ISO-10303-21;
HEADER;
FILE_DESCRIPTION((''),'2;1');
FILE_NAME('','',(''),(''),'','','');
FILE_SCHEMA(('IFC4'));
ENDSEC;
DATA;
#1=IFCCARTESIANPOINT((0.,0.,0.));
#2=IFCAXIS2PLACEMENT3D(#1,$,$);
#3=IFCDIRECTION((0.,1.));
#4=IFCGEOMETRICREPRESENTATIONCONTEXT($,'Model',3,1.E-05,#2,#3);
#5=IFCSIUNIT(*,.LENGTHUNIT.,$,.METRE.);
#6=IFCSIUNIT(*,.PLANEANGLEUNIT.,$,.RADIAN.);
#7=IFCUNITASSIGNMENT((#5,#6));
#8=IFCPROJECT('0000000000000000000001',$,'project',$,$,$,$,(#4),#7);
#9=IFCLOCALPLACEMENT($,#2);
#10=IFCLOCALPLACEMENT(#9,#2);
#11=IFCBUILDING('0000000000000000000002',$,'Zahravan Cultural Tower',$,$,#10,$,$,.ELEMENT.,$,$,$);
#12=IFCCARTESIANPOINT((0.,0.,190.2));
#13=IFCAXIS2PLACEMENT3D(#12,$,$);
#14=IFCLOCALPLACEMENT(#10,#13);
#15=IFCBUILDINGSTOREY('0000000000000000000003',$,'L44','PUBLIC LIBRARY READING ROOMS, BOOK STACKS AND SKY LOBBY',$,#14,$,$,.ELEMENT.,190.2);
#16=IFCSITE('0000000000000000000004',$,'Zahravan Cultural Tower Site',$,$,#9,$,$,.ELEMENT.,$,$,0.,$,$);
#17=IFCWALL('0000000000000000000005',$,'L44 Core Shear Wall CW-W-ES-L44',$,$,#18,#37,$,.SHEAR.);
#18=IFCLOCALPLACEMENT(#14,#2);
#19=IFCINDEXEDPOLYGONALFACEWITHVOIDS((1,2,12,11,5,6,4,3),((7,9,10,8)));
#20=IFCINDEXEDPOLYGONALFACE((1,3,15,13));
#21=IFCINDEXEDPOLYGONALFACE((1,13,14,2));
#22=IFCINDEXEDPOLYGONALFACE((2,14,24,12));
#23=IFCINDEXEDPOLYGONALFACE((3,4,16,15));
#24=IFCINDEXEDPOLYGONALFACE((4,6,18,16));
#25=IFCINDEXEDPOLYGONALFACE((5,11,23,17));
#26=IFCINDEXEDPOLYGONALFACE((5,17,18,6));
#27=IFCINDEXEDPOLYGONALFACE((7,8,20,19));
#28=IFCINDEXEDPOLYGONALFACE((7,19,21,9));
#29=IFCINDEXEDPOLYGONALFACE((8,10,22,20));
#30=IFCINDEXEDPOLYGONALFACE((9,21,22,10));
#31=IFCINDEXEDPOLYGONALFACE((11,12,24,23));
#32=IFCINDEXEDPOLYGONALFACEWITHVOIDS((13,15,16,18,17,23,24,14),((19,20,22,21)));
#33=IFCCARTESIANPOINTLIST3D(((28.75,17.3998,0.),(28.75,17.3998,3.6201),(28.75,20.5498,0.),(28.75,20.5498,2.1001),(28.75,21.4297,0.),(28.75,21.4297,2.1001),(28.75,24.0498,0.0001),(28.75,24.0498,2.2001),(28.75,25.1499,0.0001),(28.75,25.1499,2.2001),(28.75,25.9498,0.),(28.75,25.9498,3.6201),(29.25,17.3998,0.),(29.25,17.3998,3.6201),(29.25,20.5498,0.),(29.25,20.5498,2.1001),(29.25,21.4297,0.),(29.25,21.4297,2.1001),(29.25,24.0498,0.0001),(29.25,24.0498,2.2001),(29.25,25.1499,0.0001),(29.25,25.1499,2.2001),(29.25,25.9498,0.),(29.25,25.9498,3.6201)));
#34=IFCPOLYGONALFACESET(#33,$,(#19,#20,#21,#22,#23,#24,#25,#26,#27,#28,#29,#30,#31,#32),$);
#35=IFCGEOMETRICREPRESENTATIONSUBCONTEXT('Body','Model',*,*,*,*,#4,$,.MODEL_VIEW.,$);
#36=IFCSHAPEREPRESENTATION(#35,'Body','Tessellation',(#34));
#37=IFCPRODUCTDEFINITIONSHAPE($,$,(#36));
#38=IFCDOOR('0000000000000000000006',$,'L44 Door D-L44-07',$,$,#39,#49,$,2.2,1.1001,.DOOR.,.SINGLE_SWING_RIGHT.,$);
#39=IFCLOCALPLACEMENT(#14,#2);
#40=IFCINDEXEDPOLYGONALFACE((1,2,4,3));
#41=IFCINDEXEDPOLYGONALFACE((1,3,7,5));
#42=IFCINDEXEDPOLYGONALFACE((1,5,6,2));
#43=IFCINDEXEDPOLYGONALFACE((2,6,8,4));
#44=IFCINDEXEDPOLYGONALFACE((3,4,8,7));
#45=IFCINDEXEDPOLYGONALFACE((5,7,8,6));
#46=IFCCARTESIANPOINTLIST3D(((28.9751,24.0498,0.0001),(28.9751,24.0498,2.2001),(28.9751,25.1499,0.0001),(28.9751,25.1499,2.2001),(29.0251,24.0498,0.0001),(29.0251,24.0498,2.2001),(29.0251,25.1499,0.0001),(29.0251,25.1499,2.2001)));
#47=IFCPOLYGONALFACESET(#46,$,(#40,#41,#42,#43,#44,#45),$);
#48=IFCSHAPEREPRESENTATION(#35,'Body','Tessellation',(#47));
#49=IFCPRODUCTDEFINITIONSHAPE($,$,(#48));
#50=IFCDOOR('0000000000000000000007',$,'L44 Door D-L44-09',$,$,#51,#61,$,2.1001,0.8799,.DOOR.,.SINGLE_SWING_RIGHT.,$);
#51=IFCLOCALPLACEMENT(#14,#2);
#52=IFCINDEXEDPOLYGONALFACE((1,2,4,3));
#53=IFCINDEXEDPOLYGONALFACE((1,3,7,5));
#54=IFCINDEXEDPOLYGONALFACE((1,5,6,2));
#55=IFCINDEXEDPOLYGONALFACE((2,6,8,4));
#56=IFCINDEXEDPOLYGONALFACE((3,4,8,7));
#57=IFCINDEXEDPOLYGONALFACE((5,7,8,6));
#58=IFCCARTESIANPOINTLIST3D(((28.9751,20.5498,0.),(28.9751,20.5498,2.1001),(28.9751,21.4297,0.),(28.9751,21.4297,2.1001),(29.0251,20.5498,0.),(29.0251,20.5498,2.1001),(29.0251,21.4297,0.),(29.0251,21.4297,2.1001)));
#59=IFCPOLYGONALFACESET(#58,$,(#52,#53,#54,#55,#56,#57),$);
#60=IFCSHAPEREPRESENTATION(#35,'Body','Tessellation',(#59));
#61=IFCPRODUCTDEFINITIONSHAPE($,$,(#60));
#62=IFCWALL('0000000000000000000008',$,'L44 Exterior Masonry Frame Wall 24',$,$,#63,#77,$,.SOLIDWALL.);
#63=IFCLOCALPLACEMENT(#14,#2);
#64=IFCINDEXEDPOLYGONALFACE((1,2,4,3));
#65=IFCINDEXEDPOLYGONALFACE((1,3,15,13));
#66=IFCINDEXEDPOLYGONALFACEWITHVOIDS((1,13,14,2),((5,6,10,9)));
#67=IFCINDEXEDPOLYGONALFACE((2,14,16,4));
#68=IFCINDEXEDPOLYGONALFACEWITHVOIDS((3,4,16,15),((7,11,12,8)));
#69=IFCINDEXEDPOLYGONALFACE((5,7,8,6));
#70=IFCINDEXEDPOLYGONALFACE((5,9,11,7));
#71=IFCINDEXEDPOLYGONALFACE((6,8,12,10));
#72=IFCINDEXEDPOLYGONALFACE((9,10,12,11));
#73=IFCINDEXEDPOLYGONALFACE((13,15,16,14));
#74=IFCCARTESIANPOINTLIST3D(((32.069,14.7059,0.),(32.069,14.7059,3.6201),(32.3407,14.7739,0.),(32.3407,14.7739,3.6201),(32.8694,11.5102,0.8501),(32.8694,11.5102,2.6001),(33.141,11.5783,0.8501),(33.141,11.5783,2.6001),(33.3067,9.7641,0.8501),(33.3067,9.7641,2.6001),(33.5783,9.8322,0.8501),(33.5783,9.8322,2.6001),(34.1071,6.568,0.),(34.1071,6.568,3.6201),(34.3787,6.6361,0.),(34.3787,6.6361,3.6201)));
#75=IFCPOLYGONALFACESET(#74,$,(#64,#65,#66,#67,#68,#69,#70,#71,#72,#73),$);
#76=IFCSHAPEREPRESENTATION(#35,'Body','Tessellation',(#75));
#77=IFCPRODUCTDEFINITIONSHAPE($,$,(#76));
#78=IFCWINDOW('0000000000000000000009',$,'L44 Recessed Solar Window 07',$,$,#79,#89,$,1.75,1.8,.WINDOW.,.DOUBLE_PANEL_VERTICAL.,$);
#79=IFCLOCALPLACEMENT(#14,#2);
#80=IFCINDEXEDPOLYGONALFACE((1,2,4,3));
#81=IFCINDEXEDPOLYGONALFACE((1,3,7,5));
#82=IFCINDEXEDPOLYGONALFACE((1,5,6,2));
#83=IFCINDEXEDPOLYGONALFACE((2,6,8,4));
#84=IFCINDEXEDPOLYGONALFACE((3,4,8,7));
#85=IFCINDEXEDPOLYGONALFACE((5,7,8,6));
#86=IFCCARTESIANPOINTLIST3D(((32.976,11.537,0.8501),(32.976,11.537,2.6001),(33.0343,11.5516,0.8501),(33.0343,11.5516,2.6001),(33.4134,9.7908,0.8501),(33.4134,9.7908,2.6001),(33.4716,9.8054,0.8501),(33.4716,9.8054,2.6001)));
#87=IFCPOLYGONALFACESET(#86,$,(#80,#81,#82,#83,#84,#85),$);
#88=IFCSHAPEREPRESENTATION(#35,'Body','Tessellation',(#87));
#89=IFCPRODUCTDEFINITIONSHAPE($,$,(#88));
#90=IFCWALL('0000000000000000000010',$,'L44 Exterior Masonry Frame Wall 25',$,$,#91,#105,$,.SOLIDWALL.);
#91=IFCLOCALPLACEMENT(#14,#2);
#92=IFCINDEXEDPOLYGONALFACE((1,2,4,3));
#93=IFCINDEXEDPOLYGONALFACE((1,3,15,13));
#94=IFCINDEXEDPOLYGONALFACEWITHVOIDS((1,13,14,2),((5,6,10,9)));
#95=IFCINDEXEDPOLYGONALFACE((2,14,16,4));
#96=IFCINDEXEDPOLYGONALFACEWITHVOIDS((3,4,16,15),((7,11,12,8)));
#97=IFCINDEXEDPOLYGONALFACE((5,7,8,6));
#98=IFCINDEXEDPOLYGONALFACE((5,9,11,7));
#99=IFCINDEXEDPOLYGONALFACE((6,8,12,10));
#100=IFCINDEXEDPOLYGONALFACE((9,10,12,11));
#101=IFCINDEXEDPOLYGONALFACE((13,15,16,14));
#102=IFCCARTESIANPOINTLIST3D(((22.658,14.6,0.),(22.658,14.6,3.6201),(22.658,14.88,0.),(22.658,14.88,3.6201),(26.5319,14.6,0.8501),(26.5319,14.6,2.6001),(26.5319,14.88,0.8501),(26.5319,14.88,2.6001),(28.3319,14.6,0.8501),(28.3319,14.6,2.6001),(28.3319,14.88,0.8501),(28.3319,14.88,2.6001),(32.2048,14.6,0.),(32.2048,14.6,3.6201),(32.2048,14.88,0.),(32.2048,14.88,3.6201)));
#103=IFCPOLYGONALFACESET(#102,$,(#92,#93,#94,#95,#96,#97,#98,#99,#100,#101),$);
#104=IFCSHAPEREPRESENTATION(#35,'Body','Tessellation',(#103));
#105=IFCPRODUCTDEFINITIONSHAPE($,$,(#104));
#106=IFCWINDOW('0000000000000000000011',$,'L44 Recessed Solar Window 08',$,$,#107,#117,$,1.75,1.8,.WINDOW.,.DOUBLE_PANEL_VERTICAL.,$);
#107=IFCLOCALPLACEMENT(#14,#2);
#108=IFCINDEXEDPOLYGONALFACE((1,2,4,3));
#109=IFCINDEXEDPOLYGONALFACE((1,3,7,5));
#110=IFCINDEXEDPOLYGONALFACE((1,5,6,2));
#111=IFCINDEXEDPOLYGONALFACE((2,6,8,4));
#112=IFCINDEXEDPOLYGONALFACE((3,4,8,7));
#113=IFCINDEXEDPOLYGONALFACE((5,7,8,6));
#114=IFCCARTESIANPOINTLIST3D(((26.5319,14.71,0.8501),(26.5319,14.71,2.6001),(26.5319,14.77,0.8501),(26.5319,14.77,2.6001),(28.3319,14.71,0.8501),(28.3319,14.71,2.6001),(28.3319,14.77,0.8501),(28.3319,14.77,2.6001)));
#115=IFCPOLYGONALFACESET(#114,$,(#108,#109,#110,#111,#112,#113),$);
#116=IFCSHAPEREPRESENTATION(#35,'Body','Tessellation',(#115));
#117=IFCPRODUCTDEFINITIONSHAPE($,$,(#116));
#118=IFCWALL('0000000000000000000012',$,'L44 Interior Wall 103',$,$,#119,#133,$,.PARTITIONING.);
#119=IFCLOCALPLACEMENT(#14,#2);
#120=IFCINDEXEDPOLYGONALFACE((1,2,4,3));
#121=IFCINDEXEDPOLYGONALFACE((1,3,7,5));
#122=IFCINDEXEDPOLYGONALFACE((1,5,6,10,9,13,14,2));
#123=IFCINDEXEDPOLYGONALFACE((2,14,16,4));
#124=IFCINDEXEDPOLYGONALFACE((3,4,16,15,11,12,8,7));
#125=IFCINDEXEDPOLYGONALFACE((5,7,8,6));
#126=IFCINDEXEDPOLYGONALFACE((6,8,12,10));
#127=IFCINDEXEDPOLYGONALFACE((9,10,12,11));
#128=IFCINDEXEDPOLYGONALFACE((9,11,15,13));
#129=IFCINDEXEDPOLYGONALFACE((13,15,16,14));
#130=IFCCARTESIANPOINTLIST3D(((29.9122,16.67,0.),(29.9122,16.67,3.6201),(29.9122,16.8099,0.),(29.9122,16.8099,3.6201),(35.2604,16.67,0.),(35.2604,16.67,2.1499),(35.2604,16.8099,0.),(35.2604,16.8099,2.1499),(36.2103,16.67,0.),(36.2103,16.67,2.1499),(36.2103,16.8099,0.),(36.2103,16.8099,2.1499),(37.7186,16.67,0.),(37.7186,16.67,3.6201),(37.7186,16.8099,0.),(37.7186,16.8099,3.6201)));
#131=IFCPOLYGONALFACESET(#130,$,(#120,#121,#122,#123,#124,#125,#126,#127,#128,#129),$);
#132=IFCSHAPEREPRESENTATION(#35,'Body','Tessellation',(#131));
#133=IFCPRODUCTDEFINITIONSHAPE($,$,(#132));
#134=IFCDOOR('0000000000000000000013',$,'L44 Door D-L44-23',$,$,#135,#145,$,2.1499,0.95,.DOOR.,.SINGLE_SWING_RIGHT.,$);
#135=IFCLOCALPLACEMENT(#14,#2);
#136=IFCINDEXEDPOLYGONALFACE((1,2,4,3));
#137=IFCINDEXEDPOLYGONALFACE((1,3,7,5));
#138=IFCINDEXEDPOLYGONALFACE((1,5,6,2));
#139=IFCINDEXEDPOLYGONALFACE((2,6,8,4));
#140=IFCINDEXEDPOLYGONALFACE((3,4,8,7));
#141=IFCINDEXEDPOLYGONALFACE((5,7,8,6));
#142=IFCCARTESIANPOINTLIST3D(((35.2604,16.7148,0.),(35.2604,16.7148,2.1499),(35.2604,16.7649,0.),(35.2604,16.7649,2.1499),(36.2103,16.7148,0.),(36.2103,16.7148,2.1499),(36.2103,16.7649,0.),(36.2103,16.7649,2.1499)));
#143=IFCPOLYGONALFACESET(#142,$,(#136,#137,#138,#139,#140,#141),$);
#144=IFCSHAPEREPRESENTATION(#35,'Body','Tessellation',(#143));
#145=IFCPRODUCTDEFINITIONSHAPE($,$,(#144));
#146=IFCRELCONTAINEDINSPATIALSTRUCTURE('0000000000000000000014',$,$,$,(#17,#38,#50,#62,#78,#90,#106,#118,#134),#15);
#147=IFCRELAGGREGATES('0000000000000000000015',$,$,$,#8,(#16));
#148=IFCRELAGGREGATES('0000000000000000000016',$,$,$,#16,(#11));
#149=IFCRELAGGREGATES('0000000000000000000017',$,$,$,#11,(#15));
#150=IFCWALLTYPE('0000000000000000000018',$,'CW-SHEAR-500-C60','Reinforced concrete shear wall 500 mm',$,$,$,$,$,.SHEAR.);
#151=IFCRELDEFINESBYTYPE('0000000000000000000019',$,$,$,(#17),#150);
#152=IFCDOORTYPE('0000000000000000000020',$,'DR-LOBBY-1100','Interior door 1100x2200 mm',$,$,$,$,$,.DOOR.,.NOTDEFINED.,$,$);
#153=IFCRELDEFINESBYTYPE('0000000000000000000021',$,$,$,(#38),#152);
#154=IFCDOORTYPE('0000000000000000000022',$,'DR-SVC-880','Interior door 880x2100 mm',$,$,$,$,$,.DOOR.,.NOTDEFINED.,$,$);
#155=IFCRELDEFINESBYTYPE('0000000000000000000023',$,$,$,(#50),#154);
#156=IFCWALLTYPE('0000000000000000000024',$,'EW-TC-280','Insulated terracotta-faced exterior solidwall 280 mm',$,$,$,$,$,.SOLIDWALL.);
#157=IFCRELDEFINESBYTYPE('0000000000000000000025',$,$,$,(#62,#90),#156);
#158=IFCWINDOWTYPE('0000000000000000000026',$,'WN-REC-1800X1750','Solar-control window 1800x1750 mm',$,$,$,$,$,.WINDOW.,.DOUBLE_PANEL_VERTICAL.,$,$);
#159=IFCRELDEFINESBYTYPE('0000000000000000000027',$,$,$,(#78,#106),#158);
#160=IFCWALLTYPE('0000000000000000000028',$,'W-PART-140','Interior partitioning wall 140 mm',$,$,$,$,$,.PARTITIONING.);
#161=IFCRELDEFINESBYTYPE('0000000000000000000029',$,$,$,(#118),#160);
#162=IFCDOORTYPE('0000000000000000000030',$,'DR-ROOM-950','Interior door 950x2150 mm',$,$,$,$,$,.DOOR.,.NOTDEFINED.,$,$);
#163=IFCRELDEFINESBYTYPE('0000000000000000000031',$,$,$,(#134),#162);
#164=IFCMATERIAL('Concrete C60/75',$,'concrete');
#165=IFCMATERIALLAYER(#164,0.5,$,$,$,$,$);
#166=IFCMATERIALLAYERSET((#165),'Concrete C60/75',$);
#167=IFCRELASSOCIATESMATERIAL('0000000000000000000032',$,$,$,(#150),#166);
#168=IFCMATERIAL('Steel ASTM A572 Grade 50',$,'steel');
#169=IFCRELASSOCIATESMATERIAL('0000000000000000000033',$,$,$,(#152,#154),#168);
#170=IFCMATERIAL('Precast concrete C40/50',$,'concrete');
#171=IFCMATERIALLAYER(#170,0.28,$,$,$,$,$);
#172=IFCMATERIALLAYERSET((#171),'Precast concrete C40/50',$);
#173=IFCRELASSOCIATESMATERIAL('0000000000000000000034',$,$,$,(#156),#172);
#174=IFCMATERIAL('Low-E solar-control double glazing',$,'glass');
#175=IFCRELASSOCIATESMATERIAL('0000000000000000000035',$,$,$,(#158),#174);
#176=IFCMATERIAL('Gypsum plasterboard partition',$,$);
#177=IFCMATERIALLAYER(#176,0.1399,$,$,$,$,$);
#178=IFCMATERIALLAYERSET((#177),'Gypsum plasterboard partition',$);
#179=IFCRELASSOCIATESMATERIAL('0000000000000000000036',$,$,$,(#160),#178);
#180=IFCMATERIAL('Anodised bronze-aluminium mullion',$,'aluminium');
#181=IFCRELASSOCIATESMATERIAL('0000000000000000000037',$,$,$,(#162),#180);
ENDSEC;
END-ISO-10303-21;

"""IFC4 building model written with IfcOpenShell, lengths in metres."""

from ifc_helpers import new_model, si_unit, direction, frame, frame_2d, origin, place, context, subcontext, project, spatial, rectangle, extrude, source, transform, mapped, material, layer, layer_set, type_object, element, fill, save


model = new_model("IFC4")

# Units and contexts
model_context = context("Model", 3, precision=1e-05, world=origin(), true_north=direction((0.0, 1.0)))
body_context = subcontext(model_context, "Body", "Model", "MODEL_VIEW")
ifc_project = project(units=[si_unit("LENGTHUNIT", "METRE"), si_unit("PLANEANGLEUNIT", "RADIAN")], contexts=[model_context])

# Site, building, storey
site_placement = place(None, origin())
site = spatial("IfcSite", under=ifc_project, at=site_placement, Name="Zahravan Cultural Tower Site", CompositionType="ELEMENT", RefElevation=0.0)
building_placement = place(site_placement, origin())
building = spatial("IfcBuilding", under=site, at=building_placement, Name="Zahravan Cultural Tower", CompositionType="ELEMENT")
storey_placement = place(building_placement, frame((0.0, 0.0, 190.2)))
storey = spatial("IfcBuildingStorey", under=building, at=storey_placement, Name="L44", Description="PUBLIC LIBRARY READING ROOMS, BOOK STACKS AND SKY LOBBY", CompositionType="ELEMENT", Elevation=190.2)

# Wall, openings, doors
ifc_material_1 = material(Name="Concrete C60/75", Category="concrete")
ifc_layer_1 = layer(ifc_material_1, 0.5)
ifc_layer_set_1 = layer_set([ifc_layer_1], Name="Concrete C60/75")
wall_type_1 = type_object("IfcWallType", Name="CW-SHEAR-500-C60", Description="Reinforced concrete shear wall 500 mm", PredefinedType="SHEAR", material=ifc_layer_set_1)
wall_1_placement = place(storey_placement, frame((29.0, 17.3999, 0.0), z_axis=(0.0, 0.0, 1.0), x_axis=(0.0, 1.0, 0.0)))
wall_1 = element("IfcWall", 1, at=wall_1_placement, inside=storey, type_object=wall_type_1, Name="L44 Core Shear Wall CW-W-ES-L44", PredefinedType="SHEAR", context=body_context, shape_type="SweptSolid", body=[
    extrude(rectangle(XDim=8.55, YDim=0.5, at=frame_2d((4.2749, 0.0))), origin(), (0.0, 0.0, 1.0), 3.6201),
])
opening_1_placement = place(wall_1_placement, frame((6.6499, 0.0, 0.0)))
opening_1 = element("IfcOpeningElement", 2, at=opening_1_placement, cuts=wall_1, PredefinedType="OPENING", context=body_context, shape_type="SweptSolid", body=[
    extrude(rectangle(XDim=1.1001, YDim=2.2, at=frame_2d((0.55, 1.1001))), frame((0.0, 0.26, 0.0), z_axis=(0.0, -1.0, 0.0), x_axis=(1.0, 0.0, 0.0)), (0.0, 0.0, 1.0), 0.52),
])
opening_2_placement = place(wall_1_placement, frame((3.1499, 0.0, 0.0)))
opening_2 = element("IfcOpeningElement", 3, at=opening_2_placement, cuts=wall_1, PredefinedType="OPENING", context=body_context, shape_type="SweptSolid", body=[
    extrude(rectangle(XDim=0.8799, YDim=2.1001, at=frame_2d((0.4399, 1.05))), frame((0.0, 0.26, 0.0), z_axis=(0.0, -1.0, 0.0), x_axis=(1.0, 0.0, 0.0)), (0.0, 0.0, 1.0), 0.52),
])
ifc_material_2 = material(Name="Steel ASTM A572 Grade 50", Category="steel")
door_type_1 = type_object("IfcDoorType", Name="DR-LOBBY-1100", Description="Interior door 1100x2200 mm", OperationType="NOTDEFINED", PredefinedType="DOOR", material=ifc_material_2)
shared_shape_1 = source(origin(), body_context, "Body", "SweptSolid", [
    extrude(rectangle(XDim=1.1001, YDim=2.2, at=frame_2d((0.55, 1.1001))), frame((0.0, 0.0249, 0.0), z_axis=(0.0, -1.0, 0.0), x_axis=(1.0, 0.0, 0.0)), (0.0, 0.0, 1.0), 0.05),
])
door_1_placement = place(opening_1_placement, origin())
door_1 = element("IfcDoor", 4, at=door_1_placement, inside=storey, type_object=door_type_1, Name="L44 Door D-L44-07", OperationType="SINGLE_SWING_RIGHT", OverallHeight=2.2, OverallWidth=1.1001, PredefinedType="DOOR", context=body_context, shape_type="MappedRepresentation", body=[
    mapped(shared_shape_1, transform((0.0, 0.0, 0.0), x_axis=(1.0, 0.0, 0.0), y_axis=(0.0, 1.0, 0.0), z_axis=(0.0, 0.0, 1.0), scale=1.0)),
])
fill(opening_1, door_1)
door_type_2 = type_object("IfcDoorType", Name="DR-SVC-880", Description="Interior door 880x2100 mm", OperationType="NOTDEFINED", PredefinedType="DOOR", material=ifc_material_2)
shared_shape_2 = source(origin(), body_context, "Body", "SweptSolid", [
    extrude(rectangle(XDim=0.8799, YDim=2.1001, at=frame_2d((0.4399, 1.05))), frame((0.0, 0.0249, 0.0), z_axis=(0.0, -1.0, 0.0), x_axis=(1.0, 0.0, 0.0)), (0.0, 0.0, 1.0), 0.05),
])
door_2_placement = place(opening_2_placement, origin())
door_2 = element("IfcDoor", 5, at=door_2_placement, inside=storey, type_object=door_type_2, Name="L44 Door D-L44-09", OperationType="SINGLE_SWING_RIGHT", OverallHeight=2.1001, OverallWidth=0.8799, PredefinedType="DOOR", context=body_context, shape_type="MappedRepresentation", body=[
    mapped(shared_shape_2, transform((0.0, 0.0, 0.0), x_axis=(1.0, 0.0, 0.0), y_axis=(0.0, 1.0, 0.0), z_axis=(0.0, 0.0, 1.0), scale=1.0)),
])
fill(opening_2, door_2)

# Walls, openings, windows
ifc_material_3 = material(Name="Precast concrete C40/50", Category="concrete")
ifc_layer_2 = layer(ifc_material_3, 0.28)
ifc_layer_set_2 = layer_set([ifc_layer_2], Name="Precast concrete C40/50")
wall_type_2 = type_object("IfcWallType", Name="EW-TC-280", Description="Insulated terracotta-faced exterior solidwall 280 mm", PredefinedType="SOLIDWALL", material=ifc_layer_set_2)
wall_2_placement = place(storey_placement, frame((34.2429, 6.6021, 0.0), z_axis=(0.0, 0.0, 1.0), x_axis=(-0.24294, 0.970041, 0.0)))
wall_2 = element("IfcWall", 6, at=wall_2_placement, inside=storey, type_object=wall_type_2, Name="L44 Exterior Masonry Frame Wall 24", PredefinedType="SOLIDWALL", context=body_context, shape_type="SweptSolid", body=[
    extrude(rectangle(XDim=8.3892, YDim=0.28, at=frame_2d((4.1946, 0.0))), origin(), (0.0, 0.0, 1.0), 3.6201),
])
opening_3_placement = place(wall_2_placement, frame((3.2949, 0.0, 0.8501)))
opening_3 = element("IfcOpeningElement", 7, at=opening_3_placement, cuts=wall_2, PredefinedType="OPENING", context=body_context, shape_type="SweptSolid", body=[
    extrude(rectangle(XDim=1.8, YDim=1.75, at=frame_2d((0.8999, 0.875))), frame((0.0, 0.1499, 0.0), z_axis=(0.0, -1.0, 0.0), x_axis=(1.0, 0.0, 0.0)), (0.0, 0.0, 1.0), 0.3),
])
ifc_material_4 = material(Name="Low-E solar-control double glazing", Category="glass")
window_type = type_object("IfcWindowType", Name="WN-REC-1800X1750", Description="Solar-control window 1800x1750 mm", PartitioningType="DOUBLE_PANEL_VERTICAL", PredefinedType="WINDOW", material=ifc_material_4)
shared_shape_3 = source(origin(), body_context, "Body", "SweptSolid", [
    extrude(rectangle(XDim=1.8, YDim=1.75, at=frame_2d((0.8999, 0.875))), frame((0.0, 0.03, 0.0), z_axis=(0.0, -1.0, 0.0), x_axis=(1.0, 0.0, 0.0)), (0.0, 0.0, 1.0), 0.0601),
])
window_1_placement = place(opening_3_placement, origin())
window_1 = element("IfcWindow", 8, at=window_1_placement, inside=storey, type_object=window_type, Name="L44 Recessed Solar Window 07", OverallHeight=1.75, OverallWidth=1.8, PartitioningType="DOUBLE_PANEL_VERTICAL", PredefinedType="WINDOW", context=body_context, shape_type="MappedRepresentation", body=[
    mapped(shared_shape_3, transform((0.0, 0.0, 0.0), x_axis=(1.0, 0.0, 0.0), y_axis=(0.0, 1.0, 0.0), z_axis=(0.0, 0.0, 1.0), scale=1.0)),
])
fill(opening_3, window_1)
wall_3_placement = place(storey_placement, frame((32.2048, 14.74, 0.0), z_axis=(0.0, 0.0, 1.0), x_axis=(-1.0, 0.0, 0.0)))
wall_3 = element("IfcWall", 9, at=wall_3_placement, inside=storey, type_object=wall_type_2, Name="L44 Exterior Masonry Frame Wall 25", PredefinedType="SOLIDWALL", context=body_context, shape_type="SweptSolid", body=[
    extrude(rectangle(XDim=9.5469, YDim=0.28, at=frame_2d((4.7734, 0.0))), origin(), (0.0, 0.0, 1.0), 3.6201),
])
opening_4_placement = place(wall_3_placement, frame((3.873, 0.0, 0.8501)))
opening_4 = element("IfcOpeningElement", 10, at=opening_4_placement, cuts=wall_3, PredefinedType="OPENING", context=body_context, shape_type="SweptSolid", body=[
    extrude(rectangle(XDim=1.8, YDim=1.75, at=frame_2d((0.8999, 0.875))), frame((0.0, 0.1499, 0.0), z_axis=(0.0, -1.0, 0.0), x_axis=(1.0, 0.0, 0.0)), (0.0, 0.0, 1.0), 0.3),
])
window_2_placement = place(opening_4_placement, origin())
window_2 = element("IfcWindow", 11, at=window_2_placement, inside=storey, type_object=window_type, Name="L44 Recessed Solar Window 08", OverallHeight=1.75, OverallWidth=1.8, PartitioningType="DOUBLE_PANEL_VERTICAL", PredefinedType="WINDOW", context=body_context, shape_type="MappedRepresentation", body=[
    mapped(shared_shape_3, transform((0.0, 0.0, 0.0), x_axis=(1.0, 0.0, 0.0), y_axis=(0.0, 1.0, 0.0), z_axis=(0.0, 0.0, 1.0), scale=1.0)),
])
fill(opening_4, window_2)

# Wall, opening, door
ifc_material_5 = material(Name="Gypsum plasterboard partition")
ifc_layer_3 = layer(ifc_material_5, 0.1399)
ifc_layer_set_3 = layer_set([ifc_layer_3], Name="Gypsum plasterboard partition")
wall_type_3 = type_object("IfcWallType", Name="W-PART-140", Description="Interior partitioning wall 140 mm", PredefinedType="PARTITIONING", material=ifc_layer_set_3)
ifc_material_6 = material(Name="Anodised bronze-aluminium mullion", Category="aluminium")
door_type_3 = type_object("IfcDoorType", Name="DR-ROOM-950", Description="Interior door 950x2150 mm", OperationType="NOTDEFINED", PredefinedType="DOOR", material=ifc_material_6)
shared_shape_4 = source(origin(), body_context, "Body", "SweptSolid", [
    extrude(rectangle(XDim=0.95, YDim=2.1499, at=frame_2d((0.4751, 1.075))), frame((0.0, 0.0249, 0.0), z_axis=(0.0, -1.0, 0.0), x_axis=(1.0, 0.0, 0.0)), (0.0, 0.0, 1.0), 0.05),
])
wall_4_placement = place(storey_placement, frame((29.9121, 16.74, 0.0), z_axis=(0.0, 0.0, 1.0), x_axis=(1.0, 0.0, 0.0)))
wall_4 = element("IfcWall", 12, at=wall_4_placement, inside=storey, type_object=wall_type_3, Name="L44 Interior Wall 103", PredefinedType="PARTITIONING", context=body_context, shape_type="SweptSolid", body=[
    extrude(rectangle(XDim=7.8064, YDim=0.1399, at=frame_2d((3.9033, 0.0))), origin(), (0.0, 0.0, 1.0), 3.6201),
])
opening_5_placement = place(wall_4_placement, frame((5.3481, 0.0, 0.0)))
opening_5 = element("IfcOpeningElement", 13, at=opening_5_placement, cuts=wall_4, PredefinedType="OPENING", context=body_context, shape_type="SweptSolid", body=[
    extrude(rectangle(XDim=0.95, YDim=2.1499, at=frame_2d((0.4751, 1.075))), frame((0.0, 0.0798, 0.0), z_axis=(0.0, -1.0, 0.0), x_axis=(1.0, 0.0, 0.0)), (0.0, 0.0, 1.0), 0.1599),
])
door_3_placement = place(opening_5_placement, origin())
door_3 = element("IfcDoor", 14, at=door_3_placement, inside=storey, type_object=door_type_3, Name="L44 Door D-L44-23", OperationType="SINGLE_SWING_RIGHT", OverallHeight=2.1499, OverallWidth=0.95, PredefinedType="DOOR", context=body_context, shape_type="MappedRepresentation", body=[
    mapped(shared_shape_4, transform((0.0, 0.0, 0.0), x_axis=(1.0, 0.0, 0.0), y_axis=(0.0, 1.0, 0.0), z_axis=(0.0, 0.0, 1.0), scale=1.0)),
])
fill(opening_5, door_3)

save(model, "model.ifc")
